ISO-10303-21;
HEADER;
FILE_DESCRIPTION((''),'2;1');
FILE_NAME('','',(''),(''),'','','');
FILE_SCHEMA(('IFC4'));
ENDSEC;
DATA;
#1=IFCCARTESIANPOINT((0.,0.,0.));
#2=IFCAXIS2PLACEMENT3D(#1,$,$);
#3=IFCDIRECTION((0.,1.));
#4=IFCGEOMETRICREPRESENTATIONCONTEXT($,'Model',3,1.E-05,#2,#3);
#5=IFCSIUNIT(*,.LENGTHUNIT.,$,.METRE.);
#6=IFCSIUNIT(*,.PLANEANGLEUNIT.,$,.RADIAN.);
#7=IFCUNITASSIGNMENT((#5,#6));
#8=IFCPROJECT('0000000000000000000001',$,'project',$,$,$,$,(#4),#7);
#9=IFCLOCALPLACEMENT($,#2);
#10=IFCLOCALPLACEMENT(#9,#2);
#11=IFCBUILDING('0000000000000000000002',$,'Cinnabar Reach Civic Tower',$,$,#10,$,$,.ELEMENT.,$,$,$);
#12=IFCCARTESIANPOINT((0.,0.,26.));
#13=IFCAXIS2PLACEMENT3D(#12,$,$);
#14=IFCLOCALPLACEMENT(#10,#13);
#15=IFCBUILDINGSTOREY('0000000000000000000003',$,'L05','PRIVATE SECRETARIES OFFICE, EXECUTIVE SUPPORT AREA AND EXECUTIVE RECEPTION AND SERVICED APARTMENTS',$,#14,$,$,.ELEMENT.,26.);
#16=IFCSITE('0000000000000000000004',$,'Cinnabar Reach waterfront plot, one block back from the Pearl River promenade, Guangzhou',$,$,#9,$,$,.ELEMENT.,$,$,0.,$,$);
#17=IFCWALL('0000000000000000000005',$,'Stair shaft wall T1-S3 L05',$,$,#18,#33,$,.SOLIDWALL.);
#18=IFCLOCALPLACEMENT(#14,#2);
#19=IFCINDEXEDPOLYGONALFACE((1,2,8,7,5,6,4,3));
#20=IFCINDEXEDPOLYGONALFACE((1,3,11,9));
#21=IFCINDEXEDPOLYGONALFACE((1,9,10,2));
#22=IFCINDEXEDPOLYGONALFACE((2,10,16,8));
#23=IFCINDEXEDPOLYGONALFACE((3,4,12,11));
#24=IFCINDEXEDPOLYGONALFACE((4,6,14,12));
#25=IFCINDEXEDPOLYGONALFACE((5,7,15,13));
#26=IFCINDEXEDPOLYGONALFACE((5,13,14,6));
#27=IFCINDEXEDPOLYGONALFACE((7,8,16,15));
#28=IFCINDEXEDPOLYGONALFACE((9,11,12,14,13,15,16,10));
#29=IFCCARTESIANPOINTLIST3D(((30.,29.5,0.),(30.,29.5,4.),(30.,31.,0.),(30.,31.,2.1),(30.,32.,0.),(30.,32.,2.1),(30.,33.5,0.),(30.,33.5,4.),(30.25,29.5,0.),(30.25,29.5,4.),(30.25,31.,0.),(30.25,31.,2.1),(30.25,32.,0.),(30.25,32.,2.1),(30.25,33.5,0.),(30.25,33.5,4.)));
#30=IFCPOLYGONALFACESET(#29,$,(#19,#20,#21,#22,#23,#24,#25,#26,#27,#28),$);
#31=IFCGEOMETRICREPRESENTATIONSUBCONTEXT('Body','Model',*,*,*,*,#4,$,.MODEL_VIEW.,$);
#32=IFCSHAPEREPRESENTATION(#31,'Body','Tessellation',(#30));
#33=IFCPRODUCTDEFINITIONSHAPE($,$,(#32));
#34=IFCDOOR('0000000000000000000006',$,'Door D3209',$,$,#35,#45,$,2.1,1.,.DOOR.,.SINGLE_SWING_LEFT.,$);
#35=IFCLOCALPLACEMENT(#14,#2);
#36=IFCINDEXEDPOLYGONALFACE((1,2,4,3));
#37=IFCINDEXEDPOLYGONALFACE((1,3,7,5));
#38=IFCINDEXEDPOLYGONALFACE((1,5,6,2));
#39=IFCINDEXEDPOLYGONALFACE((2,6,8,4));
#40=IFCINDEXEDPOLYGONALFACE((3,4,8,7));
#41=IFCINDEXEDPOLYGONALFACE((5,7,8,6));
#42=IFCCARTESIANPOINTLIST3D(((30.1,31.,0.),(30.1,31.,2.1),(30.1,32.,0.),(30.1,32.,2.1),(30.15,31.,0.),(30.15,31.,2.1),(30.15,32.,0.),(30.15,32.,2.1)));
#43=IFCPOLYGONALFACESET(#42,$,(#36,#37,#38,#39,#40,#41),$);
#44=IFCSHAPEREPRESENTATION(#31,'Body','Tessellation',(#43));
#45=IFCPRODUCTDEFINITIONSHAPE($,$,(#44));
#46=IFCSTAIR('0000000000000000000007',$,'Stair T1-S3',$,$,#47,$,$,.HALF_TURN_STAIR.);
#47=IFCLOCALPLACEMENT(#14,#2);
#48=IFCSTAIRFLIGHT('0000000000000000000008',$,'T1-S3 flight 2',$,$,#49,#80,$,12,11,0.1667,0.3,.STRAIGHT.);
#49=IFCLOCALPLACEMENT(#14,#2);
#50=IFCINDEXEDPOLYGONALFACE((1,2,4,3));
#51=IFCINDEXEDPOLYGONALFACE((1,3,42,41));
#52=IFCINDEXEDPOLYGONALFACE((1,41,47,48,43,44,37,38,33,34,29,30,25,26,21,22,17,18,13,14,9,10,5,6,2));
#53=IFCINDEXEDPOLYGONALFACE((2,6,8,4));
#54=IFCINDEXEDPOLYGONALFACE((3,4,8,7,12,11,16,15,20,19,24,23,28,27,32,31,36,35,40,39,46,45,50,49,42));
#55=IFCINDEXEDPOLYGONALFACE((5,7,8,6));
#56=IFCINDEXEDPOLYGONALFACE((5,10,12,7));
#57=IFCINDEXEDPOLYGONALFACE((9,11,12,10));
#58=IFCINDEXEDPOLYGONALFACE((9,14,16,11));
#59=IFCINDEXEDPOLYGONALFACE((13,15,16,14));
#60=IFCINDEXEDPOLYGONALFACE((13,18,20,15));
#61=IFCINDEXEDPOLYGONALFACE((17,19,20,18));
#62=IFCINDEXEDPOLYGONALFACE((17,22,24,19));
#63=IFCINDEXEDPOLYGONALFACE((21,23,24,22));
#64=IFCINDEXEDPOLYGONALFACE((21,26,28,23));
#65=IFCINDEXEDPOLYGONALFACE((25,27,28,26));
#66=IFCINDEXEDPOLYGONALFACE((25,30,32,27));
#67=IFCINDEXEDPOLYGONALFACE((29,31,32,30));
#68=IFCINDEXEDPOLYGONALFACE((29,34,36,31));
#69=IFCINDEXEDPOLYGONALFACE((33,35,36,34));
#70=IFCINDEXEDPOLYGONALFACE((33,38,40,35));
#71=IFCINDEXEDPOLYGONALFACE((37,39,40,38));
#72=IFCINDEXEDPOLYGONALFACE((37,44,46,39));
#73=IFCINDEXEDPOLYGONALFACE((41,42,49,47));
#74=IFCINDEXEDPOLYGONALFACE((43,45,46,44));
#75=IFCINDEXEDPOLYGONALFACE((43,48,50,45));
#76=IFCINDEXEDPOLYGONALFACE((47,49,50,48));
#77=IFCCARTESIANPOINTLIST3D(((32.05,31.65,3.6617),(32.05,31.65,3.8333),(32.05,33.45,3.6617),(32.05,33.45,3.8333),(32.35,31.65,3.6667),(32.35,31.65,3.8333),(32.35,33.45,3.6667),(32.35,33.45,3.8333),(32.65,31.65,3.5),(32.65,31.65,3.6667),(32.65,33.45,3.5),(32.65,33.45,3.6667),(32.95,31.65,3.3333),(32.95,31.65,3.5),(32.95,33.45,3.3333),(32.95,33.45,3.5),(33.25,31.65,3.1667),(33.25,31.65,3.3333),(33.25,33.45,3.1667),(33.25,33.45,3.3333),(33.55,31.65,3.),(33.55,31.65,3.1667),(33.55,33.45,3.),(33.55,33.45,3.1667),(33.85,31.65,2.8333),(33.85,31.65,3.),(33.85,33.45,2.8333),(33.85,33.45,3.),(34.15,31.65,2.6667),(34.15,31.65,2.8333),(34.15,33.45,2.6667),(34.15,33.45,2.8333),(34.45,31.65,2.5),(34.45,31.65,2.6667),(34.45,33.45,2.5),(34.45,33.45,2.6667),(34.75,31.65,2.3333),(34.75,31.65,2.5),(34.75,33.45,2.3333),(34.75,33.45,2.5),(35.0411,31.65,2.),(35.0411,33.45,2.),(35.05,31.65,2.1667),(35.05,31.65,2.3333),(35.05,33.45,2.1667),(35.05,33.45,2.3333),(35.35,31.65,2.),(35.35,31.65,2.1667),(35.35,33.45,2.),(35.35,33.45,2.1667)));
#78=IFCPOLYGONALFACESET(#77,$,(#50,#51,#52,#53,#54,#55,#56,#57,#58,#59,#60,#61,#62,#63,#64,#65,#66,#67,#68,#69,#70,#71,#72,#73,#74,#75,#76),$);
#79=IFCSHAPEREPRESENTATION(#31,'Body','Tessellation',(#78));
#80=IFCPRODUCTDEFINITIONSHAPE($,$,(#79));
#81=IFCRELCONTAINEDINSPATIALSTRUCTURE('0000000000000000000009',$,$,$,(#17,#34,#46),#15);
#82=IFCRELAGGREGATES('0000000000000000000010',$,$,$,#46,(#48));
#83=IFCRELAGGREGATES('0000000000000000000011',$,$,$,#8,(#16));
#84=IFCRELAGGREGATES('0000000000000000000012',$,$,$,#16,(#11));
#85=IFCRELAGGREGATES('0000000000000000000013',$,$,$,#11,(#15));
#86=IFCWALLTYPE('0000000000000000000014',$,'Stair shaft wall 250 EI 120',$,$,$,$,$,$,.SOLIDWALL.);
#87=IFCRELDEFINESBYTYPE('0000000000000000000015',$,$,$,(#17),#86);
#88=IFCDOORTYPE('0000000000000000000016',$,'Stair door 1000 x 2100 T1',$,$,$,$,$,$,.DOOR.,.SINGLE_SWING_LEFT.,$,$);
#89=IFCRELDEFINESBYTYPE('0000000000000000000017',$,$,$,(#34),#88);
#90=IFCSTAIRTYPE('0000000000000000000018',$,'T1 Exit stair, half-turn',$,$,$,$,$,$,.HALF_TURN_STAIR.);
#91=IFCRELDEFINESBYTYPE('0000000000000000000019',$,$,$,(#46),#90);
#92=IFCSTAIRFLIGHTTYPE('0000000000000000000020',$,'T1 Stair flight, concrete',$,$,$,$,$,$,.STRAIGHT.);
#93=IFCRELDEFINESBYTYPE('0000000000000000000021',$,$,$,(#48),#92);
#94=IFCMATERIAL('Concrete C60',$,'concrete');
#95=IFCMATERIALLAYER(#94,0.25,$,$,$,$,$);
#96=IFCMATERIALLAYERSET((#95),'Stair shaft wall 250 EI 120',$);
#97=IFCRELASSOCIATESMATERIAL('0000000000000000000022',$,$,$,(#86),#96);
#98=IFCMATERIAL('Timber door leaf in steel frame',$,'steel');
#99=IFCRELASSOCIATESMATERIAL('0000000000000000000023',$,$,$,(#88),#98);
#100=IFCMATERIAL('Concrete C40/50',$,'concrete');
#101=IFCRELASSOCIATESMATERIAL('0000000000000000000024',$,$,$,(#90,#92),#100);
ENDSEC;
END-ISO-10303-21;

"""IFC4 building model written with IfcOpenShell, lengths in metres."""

from ifc_helpers import new_model, si_unit, direction, frame, frame_2d, origin, place, context, subcontext, project, spatial, polyline, rectangle, outline, extrude, material, layer, layer_set, type_object, element, fill, aggregate, save


model = new_model("IFC4")

# Units and contexts
model_context = context("Model", 3, precision=1e-05, world=origin(), true_north=direction((0.0, 1.0)))
body_context = subcontext(model_context, "Body", "Model", "MODEL_VIEW")
ifc_project = project(units=[si_unit("LENGTHUNIT", "METRE"), si_unit("PLANEANGLEUNIT", "RADIAN")], contexts=[model_context])

# Site, building, storey
site_placement = place(None, origin())
site = spatial("IfcSite", under=ifc_project, at=site_placement, Name="Cinnabar Reach waterfront plot, one block back from the Pearl River promenade, Guangzhou", CompositionType="ELEMENT", RefElevation=0.0)
building_placement = place(site_placement, origin())
building = spatial("IfcBuilding", under=site, at=building_placement, Name="Cinnabar Reach Civic Tower", CompositionType="ELEMENT")
storey_placement = place(building_placement, frame((0.0, 0.0, 26.0)))
storey = spatial("IfcBuildingStorey", under=building, at=storey_placement, Name="L05", Description="PRIVATE SECRETARIES OFFICE, EXECUTIVE SUPPORT AREA AND EXECUTIVE RECEPTION AND SERVICED APARTMENTS", CompositionType="ELEMENT", Elevation=26.0)

# Shared definitions
ifc_material_1 = material(Name="Timber door leaf in steel frame", Category="steel")

# Shared definitions
ifc_material_2 = material(Name="Concrete C60", Category="concrete")
ifc_layer_1 = layer(ifc_material_2, 0.25)
ifc_layer_set_1 = layer_set([ifc_layer_1], Name="Stair shaft wall 250 EI 120")
wall_type_1 = type_object("IfcWallType", Name="Stair shaft wall 250 EI 120", PredefinedType="SOLIDWALL", material=ifc_layer_set_1)

# Wall, opening, door
wall_1_placement = place(storey_placement, frame((30.125, 33.5, 0.0), z_axis=(0.0, 0.0, 1.0), x_axis=(0.0, -1.0, 0.0)))
wall_1 = element("IfcWall", 1, at=wall_1_placement, inside=storey, type_object=wall_type_1, Name="Stair shaft wall T1-S3 L05", PredefinedType="SOLIDWALL", context=body_context, shape_type="SweptSolid", body=[
    extrude(rectangle(XDim=4.0, YDim=0.25, at=frame_2d((2.0, 0.0))), origin(), (0.0, 0.0, 1.0), 4.0),
])
opening_1_placement = place(wall_1_placement, frame((1.5, 0.0, 0.0)))
opening_1 = element("IfcOpeningElement", 2, at=opening_1_placement, cuts=wall_1, PredefinedType="OPENING", context=body_context, shape_type="SweptSolid", body=[
    extrude(rectangle(XDim=1.0, YDim=2.1, at=frame_2d((0.5, 1.05))), frame((0.0, 0.135, 0.0), z_axis=(0.0, -1.0, 0.0), x_axis=(1.0, 0.0, 0.0)), (0.0, 0.0, 1.0), 0.27),
])
door_type_1 = type_object("IfcDoorType", Name="Stair door 1000 x 2100 T1", OperationType="SINGLE_SWING_LEFT", PredefinedType="DOOR", material=ifc_material_1)
door_1_placement = place(opening_1_placement, origin())
door_1 = element("IfcDoor", 3, at=door_1_placement, inside=storey, type_object=door_type_1, Name="Door D3209", OperationType="SINGLE_SWING_LEFT", OverallHeight=2.1, OverallWidth=1.0, PredefinedType="DOOR", context=body_context, shape_type="SweptSolid", body=[
    extrude(rectangle(XDim=1.0, YDim=2.1, at=frame_2d((0.5, 1.05))), frame((0.0, 0.025, 0.0), z_axis=(0.0, -1.0, 0.0), x_axis=(1.0, 0.0, 0.0)), (0.0, 0.0, 1.0), 0.05),
])
fill(opening_1, door_1)

# Stair, stair flight
ifc_material_3 = material(Name="Concrete C40/50", Category="concrete")
stair_type = type_object("IfcStairType", Name="T1 Exit stair, half-turn", PredefinedType="HALF_TURN_STAIR", material=ifc_material_3)
stair_placement = place(storey_placement, origin())
stair = element("IfcStair", 4, at=stair_placement, inside=storey, type_object=stair_type, Name="Stair T1-S3", PredefinedType="HALF_TURN_STAIR")
stair_flight_type = type_object("IfcStairFlightType", Name="T1 Stair flight, concrete", PredefinedType="STRAIGHT", material=ifc_material_3)
stair_flight_placement = place(storey_placement, frame((35.35, 32.55, 2.0), z_axis=(0.0, 0.0, 1.0), x_axis=(-1.0, 0.0, 0.0)))
stair_flight = element("IfcStairFlight", 5, at=stair_flight_placement, type_object=stair_flight_type, Name="T1-S3 flight 2", NumberOfRisers=12, NumberOfTreads=11, PredefinedType="STRAIGHT", RiserHeight=0.1667, TreadLength=0.3, context=body_context, shape_type="SweptSolid", body=[
    extrude(outline(polyline([(0.0, 0.0), (0.0, 0.1667), (0.3, 0.1667), (0.3, 0.3333), (0.6, 0.3333), (0.6, 0.5), (0.9, 0.5), (0.9, 0.6667), (1.2, 0.6667), (1.2, 0.8333), (1.5, 0.8333), (1.5, 1.0), (1.8, 1.0), (1.8, 1.1667), (2.1, 1.1667), (2.1, 1.3333), (2.4, 1.3333), (2.4, 1.5), (2.7, 1.5), (2.7, 1.6667), (3.0, 1.6667), (3.0, 1.8333), (3.3, 1.8333), (3.3, 2.0), (3.3, 1.6617), (0.3089, 0.0), (0.0, 0.0)])), frame((0.0, 0.9, 0.0), z_axis=(0.0, -1.0, 0.0), x_axis=(1.0, 0.0, 0.0)), (0.0, 0.0, 1.0), 1.8),
])
aggregate(stair, [stair_flight])

save(model, "model.ifc")
